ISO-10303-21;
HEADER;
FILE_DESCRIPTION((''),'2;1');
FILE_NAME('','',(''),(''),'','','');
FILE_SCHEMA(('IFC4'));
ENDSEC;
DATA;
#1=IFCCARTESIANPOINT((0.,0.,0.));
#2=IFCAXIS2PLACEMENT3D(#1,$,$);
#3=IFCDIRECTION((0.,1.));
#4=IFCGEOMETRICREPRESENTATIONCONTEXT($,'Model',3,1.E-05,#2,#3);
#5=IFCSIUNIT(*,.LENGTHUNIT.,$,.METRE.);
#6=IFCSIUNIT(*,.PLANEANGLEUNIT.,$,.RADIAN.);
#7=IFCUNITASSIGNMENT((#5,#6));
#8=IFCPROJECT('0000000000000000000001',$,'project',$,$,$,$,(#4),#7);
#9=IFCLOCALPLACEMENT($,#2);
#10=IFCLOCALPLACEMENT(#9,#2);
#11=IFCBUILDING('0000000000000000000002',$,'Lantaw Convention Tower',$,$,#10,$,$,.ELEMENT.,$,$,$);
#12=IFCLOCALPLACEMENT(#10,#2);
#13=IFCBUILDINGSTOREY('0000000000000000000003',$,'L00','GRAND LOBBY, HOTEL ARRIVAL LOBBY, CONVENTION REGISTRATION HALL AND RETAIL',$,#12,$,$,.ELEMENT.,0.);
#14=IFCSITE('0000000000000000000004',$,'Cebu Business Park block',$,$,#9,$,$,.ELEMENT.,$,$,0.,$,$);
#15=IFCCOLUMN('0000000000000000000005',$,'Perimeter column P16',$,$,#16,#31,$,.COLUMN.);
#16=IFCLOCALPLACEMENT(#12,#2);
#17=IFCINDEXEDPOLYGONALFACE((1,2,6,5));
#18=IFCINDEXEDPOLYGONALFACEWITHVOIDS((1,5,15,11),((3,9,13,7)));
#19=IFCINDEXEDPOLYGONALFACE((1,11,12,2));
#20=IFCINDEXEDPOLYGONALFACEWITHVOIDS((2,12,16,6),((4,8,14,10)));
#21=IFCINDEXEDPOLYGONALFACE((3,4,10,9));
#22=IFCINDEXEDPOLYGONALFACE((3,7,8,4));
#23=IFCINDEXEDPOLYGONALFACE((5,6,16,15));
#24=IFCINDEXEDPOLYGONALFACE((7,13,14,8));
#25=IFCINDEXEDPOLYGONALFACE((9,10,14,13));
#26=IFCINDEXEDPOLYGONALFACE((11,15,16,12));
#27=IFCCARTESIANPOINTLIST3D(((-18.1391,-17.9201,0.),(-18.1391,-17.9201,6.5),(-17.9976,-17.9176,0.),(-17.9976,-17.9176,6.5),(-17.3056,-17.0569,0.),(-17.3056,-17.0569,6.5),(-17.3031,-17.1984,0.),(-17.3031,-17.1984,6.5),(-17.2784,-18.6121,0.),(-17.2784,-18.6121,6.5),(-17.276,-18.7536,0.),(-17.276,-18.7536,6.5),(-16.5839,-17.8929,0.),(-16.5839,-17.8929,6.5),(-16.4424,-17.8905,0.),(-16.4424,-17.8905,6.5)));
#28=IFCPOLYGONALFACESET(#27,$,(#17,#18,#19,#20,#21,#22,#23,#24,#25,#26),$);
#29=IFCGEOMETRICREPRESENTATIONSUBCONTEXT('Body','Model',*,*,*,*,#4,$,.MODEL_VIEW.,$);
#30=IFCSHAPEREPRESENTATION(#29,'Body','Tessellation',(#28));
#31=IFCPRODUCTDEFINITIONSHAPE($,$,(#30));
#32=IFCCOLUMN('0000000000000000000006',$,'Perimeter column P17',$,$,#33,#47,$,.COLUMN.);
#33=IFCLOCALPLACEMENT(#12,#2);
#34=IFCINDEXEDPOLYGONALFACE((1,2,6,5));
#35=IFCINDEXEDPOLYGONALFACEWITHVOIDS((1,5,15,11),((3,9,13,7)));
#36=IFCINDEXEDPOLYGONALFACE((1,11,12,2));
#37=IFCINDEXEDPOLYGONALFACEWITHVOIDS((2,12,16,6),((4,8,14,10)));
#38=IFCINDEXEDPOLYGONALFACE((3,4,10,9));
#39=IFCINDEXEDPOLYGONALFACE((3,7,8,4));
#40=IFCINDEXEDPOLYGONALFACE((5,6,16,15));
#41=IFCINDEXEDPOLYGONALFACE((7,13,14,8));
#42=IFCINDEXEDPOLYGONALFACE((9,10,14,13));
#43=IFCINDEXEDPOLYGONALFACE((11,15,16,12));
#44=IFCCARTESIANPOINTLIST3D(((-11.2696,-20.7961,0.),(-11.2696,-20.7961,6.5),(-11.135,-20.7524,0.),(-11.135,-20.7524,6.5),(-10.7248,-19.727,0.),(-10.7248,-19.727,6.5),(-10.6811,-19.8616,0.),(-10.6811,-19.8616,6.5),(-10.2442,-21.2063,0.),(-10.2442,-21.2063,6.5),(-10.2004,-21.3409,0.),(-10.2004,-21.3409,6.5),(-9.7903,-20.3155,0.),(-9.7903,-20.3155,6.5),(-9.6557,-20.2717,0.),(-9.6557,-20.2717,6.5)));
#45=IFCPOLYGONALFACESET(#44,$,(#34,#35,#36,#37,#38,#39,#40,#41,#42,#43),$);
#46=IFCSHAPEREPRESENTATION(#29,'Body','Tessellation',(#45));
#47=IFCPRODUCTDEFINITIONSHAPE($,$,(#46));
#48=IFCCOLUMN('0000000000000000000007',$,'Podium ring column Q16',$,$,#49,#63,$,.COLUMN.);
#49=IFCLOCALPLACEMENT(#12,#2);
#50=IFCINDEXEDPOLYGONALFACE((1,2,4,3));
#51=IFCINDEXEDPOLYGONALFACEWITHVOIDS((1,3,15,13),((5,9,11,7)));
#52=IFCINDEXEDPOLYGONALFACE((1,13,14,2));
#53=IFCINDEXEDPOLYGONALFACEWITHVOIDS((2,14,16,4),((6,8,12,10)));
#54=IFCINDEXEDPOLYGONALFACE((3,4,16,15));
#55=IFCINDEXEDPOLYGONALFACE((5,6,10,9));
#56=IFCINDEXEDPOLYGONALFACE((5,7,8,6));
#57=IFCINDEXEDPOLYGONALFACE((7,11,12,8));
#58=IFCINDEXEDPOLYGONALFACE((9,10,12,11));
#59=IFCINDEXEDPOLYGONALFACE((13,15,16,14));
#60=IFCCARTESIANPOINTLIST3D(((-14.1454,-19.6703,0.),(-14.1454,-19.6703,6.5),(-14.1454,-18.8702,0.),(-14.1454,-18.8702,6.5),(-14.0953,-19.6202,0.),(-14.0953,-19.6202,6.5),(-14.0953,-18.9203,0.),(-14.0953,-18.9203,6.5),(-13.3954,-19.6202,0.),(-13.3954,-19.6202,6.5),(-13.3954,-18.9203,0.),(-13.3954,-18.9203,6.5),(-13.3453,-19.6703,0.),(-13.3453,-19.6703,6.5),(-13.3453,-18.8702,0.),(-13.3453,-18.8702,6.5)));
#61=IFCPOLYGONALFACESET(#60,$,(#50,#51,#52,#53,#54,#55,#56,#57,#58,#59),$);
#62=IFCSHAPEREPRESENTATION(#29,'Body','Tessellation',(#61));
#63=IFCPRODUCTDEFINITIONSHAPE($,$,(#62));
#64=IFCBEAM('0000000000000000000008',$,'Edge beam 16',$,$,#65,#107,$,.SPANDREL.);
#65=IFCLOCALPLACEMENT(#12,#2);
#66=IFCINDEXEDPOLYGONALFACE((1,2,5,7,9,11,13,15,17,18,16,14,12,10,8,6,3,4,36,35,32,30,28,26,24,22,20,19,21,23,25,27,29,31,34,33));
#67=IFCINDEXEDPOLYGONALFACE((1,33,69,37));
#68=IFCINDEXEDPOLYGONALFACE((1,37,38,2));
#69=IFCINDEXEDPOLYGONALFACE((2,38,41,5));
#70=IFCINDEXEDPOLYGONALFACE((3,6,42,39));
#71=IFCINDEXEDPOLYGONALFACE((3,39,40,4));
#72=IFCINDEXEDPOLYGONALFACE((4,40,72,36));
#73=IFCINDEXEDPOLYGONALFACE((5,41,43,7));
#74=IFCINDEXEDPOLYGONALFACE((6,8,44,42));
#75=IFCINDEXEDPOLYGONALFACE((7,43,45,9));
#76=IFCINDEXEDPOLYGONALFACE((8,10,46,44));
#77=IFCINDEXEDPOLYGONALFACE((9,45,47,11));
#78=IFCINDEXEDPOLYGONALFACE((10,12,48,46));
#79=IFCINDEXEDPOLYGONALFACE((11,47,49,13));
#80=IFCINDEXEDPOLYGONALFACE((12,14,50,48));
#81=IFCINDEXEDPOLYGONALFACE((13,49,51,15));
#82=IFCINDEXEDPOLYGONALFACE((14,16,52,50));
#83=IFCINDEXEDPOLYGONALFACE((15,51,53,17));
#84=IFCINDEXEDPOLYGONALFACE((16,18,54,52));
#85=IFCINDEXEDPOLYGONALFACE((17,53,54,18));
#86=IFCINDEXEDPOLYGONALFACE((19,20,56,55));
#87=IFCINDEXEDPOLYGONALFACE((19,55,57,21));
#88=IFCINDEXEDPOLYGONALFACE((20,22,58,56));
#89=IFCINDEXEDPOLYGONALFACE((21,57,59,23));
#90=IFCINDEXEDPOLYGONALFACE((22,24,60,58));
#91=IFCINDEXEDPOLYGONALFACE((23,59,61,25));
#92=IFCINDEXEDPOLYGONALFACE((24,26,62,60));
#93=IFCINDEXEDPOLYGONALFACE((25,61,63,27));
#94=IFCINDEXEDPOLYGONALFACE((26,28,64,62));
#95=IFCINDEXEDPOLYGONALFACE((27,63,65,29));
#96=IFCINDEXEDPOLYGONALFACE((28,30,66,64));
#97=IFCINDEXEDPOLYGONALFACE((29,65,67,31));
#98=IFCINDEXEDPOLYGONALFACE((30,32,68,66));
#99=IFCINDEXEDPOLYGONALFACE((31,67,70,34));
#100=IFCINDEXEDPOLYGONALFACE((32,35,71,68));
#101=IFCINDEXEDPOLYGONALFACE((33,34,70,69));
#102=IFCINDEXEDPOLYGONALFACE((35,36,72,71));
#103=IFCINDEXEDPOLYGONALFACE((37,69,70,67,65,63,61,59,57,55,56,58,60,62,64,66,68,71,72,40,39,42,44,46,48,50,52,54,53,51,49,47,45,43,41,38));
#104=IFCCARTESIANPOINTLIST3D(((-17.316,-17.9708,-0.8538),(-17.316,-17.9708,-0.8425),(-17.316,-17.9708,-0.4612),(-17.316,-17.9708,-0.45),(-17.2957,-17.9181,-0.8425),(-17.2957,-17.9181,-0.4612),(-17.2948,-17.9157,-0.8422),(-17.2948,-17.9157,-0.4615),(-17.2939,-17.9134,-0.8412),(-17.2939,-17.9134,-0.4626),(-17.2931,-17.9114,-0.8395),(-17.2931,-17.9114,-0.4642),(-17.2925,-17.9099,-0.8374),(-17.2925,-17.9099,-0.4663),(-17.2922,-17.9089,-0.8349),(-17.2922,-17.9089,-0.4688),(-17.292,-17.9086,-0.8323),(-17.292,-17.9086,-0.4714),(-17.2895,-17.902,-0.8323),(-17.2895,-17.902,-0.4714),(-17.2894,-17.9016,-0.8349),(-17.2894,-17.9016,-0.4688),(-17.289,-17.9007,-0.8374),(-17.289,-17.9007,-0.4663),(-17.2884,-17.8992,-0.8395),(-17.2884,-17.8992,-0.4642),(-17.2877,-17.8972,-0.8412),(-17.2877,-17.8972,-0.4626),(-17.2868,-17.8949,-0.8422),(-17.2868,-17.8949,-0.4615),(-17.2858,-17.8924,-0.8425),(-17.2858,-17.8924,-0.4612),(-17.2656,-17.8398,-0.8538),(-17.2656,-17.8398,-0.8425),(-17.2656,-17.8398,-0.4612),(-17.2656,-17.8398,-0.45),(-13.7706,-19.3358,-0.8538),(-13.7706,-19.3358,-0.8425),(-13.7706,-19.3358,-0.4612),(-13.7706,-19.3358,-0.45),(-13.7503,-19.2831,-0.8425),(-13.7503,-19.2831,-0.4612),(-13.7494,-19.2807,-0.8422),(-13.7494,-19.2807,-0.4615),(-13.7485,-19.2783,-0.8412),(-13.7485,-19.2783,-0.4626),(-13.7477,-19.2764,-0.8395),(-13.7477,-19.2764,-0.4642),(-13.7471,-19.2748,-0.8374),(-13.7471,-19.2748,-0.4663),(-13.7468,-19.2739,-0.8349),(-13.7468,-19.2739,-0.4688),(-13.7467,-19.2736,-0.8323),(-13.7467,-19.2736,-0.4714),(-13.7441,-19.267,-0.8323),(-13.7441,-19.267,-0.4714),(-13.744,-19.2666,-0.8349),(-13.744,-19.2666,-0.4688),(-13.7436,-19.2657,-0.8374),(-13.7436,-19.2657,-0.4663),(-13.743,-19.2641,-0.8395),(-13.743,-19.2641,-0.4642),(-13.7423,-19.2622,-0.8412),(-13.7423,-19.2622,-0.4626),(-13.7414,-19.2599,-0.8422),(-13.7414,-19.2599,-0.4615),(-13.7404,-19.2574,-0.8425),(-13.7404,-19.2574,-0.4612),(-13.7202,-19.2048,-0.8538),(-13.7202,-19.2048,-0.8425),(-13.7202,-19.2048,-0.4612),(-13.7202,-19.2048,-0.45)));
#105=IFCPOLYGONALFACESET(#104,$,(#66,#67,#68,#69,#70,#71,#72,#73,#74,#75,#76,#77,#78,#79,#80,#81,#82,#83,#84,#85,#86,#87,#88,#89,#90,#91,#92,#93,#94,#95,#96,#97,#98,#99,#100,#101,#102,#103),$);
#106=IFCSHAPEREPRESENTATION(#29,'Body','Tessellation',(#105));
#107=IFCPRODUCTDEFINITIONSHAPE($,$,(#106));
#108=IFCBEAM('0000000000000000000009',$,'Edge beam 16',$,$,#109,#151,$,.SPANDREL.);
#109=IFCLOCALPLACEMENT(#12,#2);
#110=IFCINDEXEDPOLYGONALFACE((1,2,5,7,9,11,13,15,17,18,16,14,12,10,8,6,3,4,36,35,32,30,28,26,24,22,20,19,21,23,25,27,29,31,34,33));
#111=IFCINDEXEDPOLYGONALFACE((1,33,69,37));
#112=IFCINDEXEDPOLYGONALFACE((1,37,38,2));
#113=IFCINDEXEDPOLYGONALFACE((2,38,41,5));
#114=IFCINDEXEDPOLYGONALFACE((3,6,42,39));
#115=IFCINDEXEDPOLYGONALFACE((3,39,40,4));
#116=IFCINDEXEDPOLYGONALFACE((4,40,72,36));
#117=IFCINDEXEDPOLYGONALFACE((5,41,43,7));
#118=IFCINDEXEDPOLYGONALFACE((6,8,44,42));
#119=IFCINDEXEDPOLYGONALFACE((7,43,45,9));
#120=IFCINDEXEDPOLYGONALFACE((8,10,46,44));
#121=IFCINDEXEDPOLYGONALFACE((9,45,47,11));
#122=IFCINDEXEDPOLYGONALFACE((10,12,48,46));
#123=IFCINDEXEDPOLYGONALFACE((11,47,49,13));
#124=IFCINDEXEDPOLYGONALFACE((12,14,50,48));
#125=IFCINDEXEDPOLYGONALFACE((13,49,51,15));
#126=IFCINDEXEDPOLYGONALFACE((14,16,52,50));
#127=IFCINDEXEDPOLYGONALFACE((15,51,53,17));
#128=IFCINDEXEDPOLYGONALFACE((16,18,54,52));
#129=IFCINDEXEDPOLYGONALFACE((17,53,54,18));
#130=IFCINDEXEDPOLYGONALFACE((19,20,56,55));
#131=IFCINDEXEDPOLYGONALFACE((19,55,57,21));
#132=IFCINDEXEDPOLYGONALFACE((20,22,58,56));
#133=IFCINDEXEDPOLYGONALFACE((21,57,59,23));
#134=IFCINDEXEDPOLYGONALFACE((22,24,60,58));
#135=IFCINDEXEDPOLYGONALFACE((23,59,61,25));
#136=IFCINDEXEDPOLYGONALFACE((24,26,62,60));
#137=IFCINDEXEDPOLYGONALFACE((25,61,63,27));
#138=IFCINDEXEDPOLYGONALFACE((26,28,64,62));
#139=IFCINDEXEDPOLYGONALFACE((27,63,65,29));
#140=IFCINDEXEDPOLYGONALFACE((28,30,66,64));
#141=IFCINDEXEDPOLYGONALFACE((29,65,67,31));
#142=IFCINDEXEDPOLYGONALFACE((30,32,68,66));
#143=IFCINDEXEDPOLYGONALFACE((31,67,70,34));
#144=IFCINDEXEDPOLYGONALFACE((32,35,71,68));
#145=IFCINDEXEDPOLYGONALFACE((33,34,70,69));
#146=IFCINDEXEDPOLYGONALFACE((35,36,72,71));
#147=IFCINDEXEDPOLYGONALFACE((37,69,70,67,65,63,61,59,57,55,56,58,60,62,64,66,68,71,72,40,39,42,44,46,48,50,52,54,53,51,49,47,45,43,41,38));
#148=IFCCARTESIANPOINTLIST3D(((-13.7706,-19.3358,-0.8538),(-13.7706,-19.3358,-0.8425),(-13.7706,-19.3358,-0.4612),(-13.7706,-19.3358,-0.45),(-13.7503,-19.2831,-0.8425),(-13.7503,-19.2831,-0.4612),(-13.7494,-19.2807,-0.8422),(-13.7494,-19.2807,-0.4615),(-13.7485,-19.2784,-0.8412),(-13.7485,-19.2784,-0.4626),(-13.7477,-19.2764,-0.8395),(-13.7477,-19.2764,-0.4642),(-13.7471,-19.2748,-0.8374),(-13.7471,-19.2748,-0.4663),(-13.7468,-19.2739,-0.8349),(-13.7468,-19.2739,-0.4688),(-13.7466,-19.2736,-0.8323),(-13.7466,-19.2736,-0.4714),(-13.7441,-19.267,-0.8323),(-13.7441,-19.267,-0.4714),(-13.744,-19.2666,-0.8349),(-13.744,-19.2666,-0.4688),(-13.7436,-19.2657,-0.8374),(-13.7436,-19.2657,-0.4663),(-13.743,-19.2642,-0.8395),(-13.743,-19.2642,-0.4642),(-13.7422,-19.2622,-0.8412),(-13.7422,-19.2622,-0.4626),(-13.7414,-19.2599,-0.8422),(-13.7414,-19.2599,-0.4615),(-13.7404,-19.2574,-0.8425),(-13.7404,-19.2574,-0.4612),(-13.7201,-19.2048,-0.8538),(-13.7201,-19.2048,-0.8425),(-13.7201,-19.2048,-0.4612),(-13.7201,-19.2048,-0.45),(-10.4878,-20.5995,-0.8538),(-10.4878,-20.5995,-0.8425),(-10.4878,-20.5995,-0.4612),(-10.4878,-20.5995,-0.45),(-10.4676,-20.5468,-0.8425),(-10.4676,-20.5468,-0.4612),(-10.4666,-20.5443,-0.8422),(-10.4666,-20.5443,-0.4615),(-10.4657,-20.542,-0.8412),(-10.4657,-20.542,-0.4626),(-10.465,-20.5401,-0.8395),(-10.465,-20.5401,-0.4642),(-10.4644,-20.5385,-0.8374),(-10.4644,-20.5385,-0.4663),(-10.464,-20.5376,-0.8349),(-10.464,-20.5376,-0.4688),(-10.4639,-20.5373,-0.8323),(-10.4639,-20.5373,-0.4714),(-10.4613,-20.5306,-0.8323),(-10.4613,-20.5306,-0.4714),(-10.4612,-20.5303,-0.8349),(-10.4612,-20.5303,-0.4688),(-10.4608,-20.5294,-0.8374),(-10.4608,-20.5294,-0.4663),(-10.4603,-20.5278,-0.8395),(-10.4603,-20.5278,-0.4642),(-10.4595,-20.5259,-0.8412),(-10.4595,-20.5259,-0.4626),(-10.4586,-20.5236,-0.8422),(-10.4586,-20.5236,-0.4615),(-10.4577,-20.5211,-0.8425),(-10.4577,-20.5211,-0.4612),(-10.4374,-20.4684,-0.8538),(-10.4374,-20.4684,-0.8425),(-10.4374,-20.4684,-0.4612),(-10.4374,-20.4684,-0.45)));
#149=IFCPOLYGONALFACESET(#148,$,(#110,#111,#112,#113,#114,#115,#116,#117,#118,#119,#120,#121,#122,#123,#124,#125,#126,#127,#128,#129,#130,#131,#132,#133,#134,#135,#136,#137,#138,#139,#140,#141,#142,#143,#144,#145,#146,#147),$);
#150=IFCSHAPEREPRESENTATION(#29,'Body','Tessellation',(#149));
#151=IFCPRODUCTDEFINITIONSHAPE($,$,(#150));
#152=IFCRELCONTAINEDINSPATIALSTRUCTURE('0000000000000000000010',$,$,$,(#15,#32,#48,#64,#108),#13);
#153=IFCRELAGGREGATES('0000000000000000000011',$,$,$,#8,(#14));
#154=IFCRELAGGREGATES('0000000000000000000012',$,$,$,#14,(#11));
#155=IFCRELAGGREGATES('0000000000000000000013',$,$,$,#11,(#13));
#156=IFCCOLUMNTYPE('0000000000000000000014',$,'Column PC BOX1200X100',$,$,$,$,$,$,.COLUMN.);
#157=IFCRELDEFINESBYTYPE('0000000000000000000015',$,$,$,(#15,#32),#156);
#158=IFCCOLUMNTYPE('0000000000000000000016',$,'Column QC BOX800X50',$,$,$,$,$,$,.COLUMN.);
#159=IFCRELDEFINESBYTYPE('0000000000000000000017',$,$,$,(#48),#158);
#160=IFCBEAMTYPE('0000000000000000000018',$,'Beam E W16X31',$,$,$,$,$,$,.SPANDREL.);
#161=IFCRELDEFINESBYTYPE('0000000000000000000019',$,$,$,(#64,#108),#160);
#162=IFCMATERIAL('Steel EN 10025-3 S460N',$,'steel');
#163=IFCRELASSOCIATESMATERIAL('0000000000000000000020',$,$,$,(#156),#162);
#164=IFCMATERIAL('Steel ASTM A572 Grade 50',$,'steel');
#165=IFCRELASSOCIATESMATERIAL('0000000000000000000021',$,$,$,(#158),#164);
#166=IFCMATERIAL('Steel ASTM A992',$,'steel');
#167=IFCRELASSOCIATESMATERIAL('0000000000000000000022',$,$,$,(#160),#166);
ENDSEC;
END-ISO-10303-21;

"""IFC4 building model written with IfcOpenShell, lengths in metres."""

from ifc_helpers import new_model, si_unit, direction, frame, origin, origin_2d, place, context, subcontext, project, spatial, rectangle, hollow_rectangle, i_section, extrude, material, material_profile, profile_set, type_object, element, save


model = new_model("IFC4")

# Units and contexts
model_context = context("Model", 3, precision=1e-05, world=origin(), true_north=direction((0.0, 1.0)))
body_context = subcontext(model_context, "Body", "Model", "MODEL_VIEW")
ifc_project = project(units=[si_unit("LENGTHUNIT", "METRE"), si_unit("PLANEANGLEUNIT", "RADIAN")], contexts=[model_context])

# Site, building, storey
site_placement = place(None, origin())
site = spatial("IfcSite", under=ifc_project, at=site_placement, Name="Cebu Business Park block", CompositionType="ELEMENT", RefElevation=0.0)
building_placement = place(site_placement, origin())
building = spatial("IfcBuilding", under=site, at=building_placement, Name="Lantaw Convention Tower", CompositionType="ELEMENT")
storey_placement = place(building_placement, origin())
storey = spatial("IfcBuildingStorey", under=building, at=storey_placement, Name="L00", Description="GRAND LOBBY, HOTEL ARRIVAL LOBBY, CONVENTION REGISTRATION HALL AND RETAIL", CompositionType="ELEMENT", Elevation=0.0)

# Columns
ifc_material_1 = material(Name="Steel EN 10025-3 S460N", Category="steel")
ifc_material_profile_1 = material_profile(ifc_material_1, hollow_rectangle(XDim=1.2, YDim=1.2, WallThickness=0.1001, at=origin_2d()), Name="BOX1200X100")
ifc_material_2 = material(Name="Concrete C60/75", Category="concrete")
ifc_material_profile_2 = material_profile(ifc_material_2, rectangle(XDim=1.0, YDim=1.0, at=origin_2d()), Name="Concrete fill of BOX1200X100")
ifc_profile_set_1 = profile_set([ifc_material_profile_1, ifc_material_profile_2], Name="Steel EN 10025-3 S460N")
column_type_1 = type_object("IfcColumnType", Name="Column PC BOX1200X100", PredefinedType="COLUMN", material=ifc_profile_set_1)
for number, where, z_axis, x_axis, name in (
    (1, (-17.2908, -17.9053, 0.0), (0.0, 0.0, 1.0), (0.694658, 0.71934, 0.0), "Perimeter column P16"),
    (2, (-10.4626, -20.5339, 0.0), (0.0, 0.0, 1.0), (0.45399, 0.891007, 0.0), "Perimeter column P17"),
):
    element("IfcColumn", number, at=place(storey_placement, frame(where, z_axis=z_axis, x_axis=x_axis)), inside=storey, type_object=column_type_1, Name=name, PredefinedType="COLUMN", context=body_context, shape_type="SweptSolid", body=[
        extrude(hollow_rectangle(XDim=1.2, YDim=1.2, WallThickness=0.1001, at=origin_2d()), origin(), (0.0, 0.0, 1.0), 6.5),
    ])
ifc_material_3 = material(Name="Steel ASTM A572 Grade 50", Category="steel")
ifc_material_profile_3 = material_profile(ifc_material_3, hollow_rectangle(XDim=0.8, YDim=0.8, WallThickness=0.05, at=origin_2d()), Name="BOX800X50")
ifc_profile_set_2 = profile_set([ifc_material_profile_3], Name="Steel ASTM A572 Grade 50")
column_type_2 = type_object("IfcColumnType", Name="Column QC BOX800X50", PredefinedType="COLUMN", material=ifc_profile_set_2)
column_placement = place(storey_placement, frame((-13.7454, -19.2703, 0.0), z_axis=(0.0, 0.0, 1.0), x_axis=(1.0, 0.0, 0.0)))
element("IfcColumn", 3, at=column_placement, inside=storey, type_object=column_type_2, Name="Podium ring column Q16", PredefinedType="COLUMN", context=body_context, shape_type="SweptSolid", body=[
    extrude(hollow_rectangle(XDim=0.8, YDim=0.8, WallThickness=0.05, at=origin_2d()), origin(), (0.0, 0.0, 1.0), 6.5),
])

# Beams
ifc_material_4 = material(Name="Steel ASTM A992", Category="steel")
ifc_material_profile_4 = material_profile(ifc_material_4, i_section(OverallWidth=0.1404, OverallDepth=0.4038, WebThickness=0.0071, FlangeThickness=0.0112, FilletRadius=0.0103, at=origin_2d()), Name="W16X31")
ifc_profile_set_3 = profile_set([ifc_material_profile_4], Name="Steel ASTM A992")
beam_type_1 = type_object("IfcBeamType", Name="Beam E W16X31", PredefinedType="SPANDREL", material=ifc_profile_set_3)
beam_1_placement = place(storey_placement, frame((-17.2908, -17.9053, -0.6519), z_axis=(0.933225, -0.359293, 0.0), x_axis=(0.359293, 0.933225, 0.0)))
element("IfcBeam", 4, at=beam_1_placement, inside=storey, type_object=beam_type_1, Name="Edge beam 16", PredefinedType="SPANDREL", context=body_context, shape_type="SweptSolid", body=[
    extrude(i_section(OverallWidth=0.1404, OverallDepth=0.4038, WebThickness=0.0071, FlangeThickness=0.0112, FilletRadius=0.0103, at=origin_2d()), origin(), (0.0, 0.0, 1.0), 3.7991),
])
beam_2_placement = place(storey_placement, frame((-13.7454, -19.2703, -0.6519), z_axis=(0.933242, -0.359249, 0.0), x_axis=(0.359249, 0.933242, 0.0)))
element("IfcBeam", 5, at=beam_2_placement, inside=storey, type_object=beam_type_1, Name="Edge beam 16", PredefinedType="SPANDREL", context=body_context, shape_type="SweptSolid", body=[
    extrude(i_section(OverallWidth=0.1404, OverallDepth=0.4038, WebThickness=0.0071, FlangeThickness=0.0112, FilletRadius=0.0103, at=origin_2d()), origin(), (0.0, 0.0, 1.0), 3.5176),
])

save(model, "model.ifc")
